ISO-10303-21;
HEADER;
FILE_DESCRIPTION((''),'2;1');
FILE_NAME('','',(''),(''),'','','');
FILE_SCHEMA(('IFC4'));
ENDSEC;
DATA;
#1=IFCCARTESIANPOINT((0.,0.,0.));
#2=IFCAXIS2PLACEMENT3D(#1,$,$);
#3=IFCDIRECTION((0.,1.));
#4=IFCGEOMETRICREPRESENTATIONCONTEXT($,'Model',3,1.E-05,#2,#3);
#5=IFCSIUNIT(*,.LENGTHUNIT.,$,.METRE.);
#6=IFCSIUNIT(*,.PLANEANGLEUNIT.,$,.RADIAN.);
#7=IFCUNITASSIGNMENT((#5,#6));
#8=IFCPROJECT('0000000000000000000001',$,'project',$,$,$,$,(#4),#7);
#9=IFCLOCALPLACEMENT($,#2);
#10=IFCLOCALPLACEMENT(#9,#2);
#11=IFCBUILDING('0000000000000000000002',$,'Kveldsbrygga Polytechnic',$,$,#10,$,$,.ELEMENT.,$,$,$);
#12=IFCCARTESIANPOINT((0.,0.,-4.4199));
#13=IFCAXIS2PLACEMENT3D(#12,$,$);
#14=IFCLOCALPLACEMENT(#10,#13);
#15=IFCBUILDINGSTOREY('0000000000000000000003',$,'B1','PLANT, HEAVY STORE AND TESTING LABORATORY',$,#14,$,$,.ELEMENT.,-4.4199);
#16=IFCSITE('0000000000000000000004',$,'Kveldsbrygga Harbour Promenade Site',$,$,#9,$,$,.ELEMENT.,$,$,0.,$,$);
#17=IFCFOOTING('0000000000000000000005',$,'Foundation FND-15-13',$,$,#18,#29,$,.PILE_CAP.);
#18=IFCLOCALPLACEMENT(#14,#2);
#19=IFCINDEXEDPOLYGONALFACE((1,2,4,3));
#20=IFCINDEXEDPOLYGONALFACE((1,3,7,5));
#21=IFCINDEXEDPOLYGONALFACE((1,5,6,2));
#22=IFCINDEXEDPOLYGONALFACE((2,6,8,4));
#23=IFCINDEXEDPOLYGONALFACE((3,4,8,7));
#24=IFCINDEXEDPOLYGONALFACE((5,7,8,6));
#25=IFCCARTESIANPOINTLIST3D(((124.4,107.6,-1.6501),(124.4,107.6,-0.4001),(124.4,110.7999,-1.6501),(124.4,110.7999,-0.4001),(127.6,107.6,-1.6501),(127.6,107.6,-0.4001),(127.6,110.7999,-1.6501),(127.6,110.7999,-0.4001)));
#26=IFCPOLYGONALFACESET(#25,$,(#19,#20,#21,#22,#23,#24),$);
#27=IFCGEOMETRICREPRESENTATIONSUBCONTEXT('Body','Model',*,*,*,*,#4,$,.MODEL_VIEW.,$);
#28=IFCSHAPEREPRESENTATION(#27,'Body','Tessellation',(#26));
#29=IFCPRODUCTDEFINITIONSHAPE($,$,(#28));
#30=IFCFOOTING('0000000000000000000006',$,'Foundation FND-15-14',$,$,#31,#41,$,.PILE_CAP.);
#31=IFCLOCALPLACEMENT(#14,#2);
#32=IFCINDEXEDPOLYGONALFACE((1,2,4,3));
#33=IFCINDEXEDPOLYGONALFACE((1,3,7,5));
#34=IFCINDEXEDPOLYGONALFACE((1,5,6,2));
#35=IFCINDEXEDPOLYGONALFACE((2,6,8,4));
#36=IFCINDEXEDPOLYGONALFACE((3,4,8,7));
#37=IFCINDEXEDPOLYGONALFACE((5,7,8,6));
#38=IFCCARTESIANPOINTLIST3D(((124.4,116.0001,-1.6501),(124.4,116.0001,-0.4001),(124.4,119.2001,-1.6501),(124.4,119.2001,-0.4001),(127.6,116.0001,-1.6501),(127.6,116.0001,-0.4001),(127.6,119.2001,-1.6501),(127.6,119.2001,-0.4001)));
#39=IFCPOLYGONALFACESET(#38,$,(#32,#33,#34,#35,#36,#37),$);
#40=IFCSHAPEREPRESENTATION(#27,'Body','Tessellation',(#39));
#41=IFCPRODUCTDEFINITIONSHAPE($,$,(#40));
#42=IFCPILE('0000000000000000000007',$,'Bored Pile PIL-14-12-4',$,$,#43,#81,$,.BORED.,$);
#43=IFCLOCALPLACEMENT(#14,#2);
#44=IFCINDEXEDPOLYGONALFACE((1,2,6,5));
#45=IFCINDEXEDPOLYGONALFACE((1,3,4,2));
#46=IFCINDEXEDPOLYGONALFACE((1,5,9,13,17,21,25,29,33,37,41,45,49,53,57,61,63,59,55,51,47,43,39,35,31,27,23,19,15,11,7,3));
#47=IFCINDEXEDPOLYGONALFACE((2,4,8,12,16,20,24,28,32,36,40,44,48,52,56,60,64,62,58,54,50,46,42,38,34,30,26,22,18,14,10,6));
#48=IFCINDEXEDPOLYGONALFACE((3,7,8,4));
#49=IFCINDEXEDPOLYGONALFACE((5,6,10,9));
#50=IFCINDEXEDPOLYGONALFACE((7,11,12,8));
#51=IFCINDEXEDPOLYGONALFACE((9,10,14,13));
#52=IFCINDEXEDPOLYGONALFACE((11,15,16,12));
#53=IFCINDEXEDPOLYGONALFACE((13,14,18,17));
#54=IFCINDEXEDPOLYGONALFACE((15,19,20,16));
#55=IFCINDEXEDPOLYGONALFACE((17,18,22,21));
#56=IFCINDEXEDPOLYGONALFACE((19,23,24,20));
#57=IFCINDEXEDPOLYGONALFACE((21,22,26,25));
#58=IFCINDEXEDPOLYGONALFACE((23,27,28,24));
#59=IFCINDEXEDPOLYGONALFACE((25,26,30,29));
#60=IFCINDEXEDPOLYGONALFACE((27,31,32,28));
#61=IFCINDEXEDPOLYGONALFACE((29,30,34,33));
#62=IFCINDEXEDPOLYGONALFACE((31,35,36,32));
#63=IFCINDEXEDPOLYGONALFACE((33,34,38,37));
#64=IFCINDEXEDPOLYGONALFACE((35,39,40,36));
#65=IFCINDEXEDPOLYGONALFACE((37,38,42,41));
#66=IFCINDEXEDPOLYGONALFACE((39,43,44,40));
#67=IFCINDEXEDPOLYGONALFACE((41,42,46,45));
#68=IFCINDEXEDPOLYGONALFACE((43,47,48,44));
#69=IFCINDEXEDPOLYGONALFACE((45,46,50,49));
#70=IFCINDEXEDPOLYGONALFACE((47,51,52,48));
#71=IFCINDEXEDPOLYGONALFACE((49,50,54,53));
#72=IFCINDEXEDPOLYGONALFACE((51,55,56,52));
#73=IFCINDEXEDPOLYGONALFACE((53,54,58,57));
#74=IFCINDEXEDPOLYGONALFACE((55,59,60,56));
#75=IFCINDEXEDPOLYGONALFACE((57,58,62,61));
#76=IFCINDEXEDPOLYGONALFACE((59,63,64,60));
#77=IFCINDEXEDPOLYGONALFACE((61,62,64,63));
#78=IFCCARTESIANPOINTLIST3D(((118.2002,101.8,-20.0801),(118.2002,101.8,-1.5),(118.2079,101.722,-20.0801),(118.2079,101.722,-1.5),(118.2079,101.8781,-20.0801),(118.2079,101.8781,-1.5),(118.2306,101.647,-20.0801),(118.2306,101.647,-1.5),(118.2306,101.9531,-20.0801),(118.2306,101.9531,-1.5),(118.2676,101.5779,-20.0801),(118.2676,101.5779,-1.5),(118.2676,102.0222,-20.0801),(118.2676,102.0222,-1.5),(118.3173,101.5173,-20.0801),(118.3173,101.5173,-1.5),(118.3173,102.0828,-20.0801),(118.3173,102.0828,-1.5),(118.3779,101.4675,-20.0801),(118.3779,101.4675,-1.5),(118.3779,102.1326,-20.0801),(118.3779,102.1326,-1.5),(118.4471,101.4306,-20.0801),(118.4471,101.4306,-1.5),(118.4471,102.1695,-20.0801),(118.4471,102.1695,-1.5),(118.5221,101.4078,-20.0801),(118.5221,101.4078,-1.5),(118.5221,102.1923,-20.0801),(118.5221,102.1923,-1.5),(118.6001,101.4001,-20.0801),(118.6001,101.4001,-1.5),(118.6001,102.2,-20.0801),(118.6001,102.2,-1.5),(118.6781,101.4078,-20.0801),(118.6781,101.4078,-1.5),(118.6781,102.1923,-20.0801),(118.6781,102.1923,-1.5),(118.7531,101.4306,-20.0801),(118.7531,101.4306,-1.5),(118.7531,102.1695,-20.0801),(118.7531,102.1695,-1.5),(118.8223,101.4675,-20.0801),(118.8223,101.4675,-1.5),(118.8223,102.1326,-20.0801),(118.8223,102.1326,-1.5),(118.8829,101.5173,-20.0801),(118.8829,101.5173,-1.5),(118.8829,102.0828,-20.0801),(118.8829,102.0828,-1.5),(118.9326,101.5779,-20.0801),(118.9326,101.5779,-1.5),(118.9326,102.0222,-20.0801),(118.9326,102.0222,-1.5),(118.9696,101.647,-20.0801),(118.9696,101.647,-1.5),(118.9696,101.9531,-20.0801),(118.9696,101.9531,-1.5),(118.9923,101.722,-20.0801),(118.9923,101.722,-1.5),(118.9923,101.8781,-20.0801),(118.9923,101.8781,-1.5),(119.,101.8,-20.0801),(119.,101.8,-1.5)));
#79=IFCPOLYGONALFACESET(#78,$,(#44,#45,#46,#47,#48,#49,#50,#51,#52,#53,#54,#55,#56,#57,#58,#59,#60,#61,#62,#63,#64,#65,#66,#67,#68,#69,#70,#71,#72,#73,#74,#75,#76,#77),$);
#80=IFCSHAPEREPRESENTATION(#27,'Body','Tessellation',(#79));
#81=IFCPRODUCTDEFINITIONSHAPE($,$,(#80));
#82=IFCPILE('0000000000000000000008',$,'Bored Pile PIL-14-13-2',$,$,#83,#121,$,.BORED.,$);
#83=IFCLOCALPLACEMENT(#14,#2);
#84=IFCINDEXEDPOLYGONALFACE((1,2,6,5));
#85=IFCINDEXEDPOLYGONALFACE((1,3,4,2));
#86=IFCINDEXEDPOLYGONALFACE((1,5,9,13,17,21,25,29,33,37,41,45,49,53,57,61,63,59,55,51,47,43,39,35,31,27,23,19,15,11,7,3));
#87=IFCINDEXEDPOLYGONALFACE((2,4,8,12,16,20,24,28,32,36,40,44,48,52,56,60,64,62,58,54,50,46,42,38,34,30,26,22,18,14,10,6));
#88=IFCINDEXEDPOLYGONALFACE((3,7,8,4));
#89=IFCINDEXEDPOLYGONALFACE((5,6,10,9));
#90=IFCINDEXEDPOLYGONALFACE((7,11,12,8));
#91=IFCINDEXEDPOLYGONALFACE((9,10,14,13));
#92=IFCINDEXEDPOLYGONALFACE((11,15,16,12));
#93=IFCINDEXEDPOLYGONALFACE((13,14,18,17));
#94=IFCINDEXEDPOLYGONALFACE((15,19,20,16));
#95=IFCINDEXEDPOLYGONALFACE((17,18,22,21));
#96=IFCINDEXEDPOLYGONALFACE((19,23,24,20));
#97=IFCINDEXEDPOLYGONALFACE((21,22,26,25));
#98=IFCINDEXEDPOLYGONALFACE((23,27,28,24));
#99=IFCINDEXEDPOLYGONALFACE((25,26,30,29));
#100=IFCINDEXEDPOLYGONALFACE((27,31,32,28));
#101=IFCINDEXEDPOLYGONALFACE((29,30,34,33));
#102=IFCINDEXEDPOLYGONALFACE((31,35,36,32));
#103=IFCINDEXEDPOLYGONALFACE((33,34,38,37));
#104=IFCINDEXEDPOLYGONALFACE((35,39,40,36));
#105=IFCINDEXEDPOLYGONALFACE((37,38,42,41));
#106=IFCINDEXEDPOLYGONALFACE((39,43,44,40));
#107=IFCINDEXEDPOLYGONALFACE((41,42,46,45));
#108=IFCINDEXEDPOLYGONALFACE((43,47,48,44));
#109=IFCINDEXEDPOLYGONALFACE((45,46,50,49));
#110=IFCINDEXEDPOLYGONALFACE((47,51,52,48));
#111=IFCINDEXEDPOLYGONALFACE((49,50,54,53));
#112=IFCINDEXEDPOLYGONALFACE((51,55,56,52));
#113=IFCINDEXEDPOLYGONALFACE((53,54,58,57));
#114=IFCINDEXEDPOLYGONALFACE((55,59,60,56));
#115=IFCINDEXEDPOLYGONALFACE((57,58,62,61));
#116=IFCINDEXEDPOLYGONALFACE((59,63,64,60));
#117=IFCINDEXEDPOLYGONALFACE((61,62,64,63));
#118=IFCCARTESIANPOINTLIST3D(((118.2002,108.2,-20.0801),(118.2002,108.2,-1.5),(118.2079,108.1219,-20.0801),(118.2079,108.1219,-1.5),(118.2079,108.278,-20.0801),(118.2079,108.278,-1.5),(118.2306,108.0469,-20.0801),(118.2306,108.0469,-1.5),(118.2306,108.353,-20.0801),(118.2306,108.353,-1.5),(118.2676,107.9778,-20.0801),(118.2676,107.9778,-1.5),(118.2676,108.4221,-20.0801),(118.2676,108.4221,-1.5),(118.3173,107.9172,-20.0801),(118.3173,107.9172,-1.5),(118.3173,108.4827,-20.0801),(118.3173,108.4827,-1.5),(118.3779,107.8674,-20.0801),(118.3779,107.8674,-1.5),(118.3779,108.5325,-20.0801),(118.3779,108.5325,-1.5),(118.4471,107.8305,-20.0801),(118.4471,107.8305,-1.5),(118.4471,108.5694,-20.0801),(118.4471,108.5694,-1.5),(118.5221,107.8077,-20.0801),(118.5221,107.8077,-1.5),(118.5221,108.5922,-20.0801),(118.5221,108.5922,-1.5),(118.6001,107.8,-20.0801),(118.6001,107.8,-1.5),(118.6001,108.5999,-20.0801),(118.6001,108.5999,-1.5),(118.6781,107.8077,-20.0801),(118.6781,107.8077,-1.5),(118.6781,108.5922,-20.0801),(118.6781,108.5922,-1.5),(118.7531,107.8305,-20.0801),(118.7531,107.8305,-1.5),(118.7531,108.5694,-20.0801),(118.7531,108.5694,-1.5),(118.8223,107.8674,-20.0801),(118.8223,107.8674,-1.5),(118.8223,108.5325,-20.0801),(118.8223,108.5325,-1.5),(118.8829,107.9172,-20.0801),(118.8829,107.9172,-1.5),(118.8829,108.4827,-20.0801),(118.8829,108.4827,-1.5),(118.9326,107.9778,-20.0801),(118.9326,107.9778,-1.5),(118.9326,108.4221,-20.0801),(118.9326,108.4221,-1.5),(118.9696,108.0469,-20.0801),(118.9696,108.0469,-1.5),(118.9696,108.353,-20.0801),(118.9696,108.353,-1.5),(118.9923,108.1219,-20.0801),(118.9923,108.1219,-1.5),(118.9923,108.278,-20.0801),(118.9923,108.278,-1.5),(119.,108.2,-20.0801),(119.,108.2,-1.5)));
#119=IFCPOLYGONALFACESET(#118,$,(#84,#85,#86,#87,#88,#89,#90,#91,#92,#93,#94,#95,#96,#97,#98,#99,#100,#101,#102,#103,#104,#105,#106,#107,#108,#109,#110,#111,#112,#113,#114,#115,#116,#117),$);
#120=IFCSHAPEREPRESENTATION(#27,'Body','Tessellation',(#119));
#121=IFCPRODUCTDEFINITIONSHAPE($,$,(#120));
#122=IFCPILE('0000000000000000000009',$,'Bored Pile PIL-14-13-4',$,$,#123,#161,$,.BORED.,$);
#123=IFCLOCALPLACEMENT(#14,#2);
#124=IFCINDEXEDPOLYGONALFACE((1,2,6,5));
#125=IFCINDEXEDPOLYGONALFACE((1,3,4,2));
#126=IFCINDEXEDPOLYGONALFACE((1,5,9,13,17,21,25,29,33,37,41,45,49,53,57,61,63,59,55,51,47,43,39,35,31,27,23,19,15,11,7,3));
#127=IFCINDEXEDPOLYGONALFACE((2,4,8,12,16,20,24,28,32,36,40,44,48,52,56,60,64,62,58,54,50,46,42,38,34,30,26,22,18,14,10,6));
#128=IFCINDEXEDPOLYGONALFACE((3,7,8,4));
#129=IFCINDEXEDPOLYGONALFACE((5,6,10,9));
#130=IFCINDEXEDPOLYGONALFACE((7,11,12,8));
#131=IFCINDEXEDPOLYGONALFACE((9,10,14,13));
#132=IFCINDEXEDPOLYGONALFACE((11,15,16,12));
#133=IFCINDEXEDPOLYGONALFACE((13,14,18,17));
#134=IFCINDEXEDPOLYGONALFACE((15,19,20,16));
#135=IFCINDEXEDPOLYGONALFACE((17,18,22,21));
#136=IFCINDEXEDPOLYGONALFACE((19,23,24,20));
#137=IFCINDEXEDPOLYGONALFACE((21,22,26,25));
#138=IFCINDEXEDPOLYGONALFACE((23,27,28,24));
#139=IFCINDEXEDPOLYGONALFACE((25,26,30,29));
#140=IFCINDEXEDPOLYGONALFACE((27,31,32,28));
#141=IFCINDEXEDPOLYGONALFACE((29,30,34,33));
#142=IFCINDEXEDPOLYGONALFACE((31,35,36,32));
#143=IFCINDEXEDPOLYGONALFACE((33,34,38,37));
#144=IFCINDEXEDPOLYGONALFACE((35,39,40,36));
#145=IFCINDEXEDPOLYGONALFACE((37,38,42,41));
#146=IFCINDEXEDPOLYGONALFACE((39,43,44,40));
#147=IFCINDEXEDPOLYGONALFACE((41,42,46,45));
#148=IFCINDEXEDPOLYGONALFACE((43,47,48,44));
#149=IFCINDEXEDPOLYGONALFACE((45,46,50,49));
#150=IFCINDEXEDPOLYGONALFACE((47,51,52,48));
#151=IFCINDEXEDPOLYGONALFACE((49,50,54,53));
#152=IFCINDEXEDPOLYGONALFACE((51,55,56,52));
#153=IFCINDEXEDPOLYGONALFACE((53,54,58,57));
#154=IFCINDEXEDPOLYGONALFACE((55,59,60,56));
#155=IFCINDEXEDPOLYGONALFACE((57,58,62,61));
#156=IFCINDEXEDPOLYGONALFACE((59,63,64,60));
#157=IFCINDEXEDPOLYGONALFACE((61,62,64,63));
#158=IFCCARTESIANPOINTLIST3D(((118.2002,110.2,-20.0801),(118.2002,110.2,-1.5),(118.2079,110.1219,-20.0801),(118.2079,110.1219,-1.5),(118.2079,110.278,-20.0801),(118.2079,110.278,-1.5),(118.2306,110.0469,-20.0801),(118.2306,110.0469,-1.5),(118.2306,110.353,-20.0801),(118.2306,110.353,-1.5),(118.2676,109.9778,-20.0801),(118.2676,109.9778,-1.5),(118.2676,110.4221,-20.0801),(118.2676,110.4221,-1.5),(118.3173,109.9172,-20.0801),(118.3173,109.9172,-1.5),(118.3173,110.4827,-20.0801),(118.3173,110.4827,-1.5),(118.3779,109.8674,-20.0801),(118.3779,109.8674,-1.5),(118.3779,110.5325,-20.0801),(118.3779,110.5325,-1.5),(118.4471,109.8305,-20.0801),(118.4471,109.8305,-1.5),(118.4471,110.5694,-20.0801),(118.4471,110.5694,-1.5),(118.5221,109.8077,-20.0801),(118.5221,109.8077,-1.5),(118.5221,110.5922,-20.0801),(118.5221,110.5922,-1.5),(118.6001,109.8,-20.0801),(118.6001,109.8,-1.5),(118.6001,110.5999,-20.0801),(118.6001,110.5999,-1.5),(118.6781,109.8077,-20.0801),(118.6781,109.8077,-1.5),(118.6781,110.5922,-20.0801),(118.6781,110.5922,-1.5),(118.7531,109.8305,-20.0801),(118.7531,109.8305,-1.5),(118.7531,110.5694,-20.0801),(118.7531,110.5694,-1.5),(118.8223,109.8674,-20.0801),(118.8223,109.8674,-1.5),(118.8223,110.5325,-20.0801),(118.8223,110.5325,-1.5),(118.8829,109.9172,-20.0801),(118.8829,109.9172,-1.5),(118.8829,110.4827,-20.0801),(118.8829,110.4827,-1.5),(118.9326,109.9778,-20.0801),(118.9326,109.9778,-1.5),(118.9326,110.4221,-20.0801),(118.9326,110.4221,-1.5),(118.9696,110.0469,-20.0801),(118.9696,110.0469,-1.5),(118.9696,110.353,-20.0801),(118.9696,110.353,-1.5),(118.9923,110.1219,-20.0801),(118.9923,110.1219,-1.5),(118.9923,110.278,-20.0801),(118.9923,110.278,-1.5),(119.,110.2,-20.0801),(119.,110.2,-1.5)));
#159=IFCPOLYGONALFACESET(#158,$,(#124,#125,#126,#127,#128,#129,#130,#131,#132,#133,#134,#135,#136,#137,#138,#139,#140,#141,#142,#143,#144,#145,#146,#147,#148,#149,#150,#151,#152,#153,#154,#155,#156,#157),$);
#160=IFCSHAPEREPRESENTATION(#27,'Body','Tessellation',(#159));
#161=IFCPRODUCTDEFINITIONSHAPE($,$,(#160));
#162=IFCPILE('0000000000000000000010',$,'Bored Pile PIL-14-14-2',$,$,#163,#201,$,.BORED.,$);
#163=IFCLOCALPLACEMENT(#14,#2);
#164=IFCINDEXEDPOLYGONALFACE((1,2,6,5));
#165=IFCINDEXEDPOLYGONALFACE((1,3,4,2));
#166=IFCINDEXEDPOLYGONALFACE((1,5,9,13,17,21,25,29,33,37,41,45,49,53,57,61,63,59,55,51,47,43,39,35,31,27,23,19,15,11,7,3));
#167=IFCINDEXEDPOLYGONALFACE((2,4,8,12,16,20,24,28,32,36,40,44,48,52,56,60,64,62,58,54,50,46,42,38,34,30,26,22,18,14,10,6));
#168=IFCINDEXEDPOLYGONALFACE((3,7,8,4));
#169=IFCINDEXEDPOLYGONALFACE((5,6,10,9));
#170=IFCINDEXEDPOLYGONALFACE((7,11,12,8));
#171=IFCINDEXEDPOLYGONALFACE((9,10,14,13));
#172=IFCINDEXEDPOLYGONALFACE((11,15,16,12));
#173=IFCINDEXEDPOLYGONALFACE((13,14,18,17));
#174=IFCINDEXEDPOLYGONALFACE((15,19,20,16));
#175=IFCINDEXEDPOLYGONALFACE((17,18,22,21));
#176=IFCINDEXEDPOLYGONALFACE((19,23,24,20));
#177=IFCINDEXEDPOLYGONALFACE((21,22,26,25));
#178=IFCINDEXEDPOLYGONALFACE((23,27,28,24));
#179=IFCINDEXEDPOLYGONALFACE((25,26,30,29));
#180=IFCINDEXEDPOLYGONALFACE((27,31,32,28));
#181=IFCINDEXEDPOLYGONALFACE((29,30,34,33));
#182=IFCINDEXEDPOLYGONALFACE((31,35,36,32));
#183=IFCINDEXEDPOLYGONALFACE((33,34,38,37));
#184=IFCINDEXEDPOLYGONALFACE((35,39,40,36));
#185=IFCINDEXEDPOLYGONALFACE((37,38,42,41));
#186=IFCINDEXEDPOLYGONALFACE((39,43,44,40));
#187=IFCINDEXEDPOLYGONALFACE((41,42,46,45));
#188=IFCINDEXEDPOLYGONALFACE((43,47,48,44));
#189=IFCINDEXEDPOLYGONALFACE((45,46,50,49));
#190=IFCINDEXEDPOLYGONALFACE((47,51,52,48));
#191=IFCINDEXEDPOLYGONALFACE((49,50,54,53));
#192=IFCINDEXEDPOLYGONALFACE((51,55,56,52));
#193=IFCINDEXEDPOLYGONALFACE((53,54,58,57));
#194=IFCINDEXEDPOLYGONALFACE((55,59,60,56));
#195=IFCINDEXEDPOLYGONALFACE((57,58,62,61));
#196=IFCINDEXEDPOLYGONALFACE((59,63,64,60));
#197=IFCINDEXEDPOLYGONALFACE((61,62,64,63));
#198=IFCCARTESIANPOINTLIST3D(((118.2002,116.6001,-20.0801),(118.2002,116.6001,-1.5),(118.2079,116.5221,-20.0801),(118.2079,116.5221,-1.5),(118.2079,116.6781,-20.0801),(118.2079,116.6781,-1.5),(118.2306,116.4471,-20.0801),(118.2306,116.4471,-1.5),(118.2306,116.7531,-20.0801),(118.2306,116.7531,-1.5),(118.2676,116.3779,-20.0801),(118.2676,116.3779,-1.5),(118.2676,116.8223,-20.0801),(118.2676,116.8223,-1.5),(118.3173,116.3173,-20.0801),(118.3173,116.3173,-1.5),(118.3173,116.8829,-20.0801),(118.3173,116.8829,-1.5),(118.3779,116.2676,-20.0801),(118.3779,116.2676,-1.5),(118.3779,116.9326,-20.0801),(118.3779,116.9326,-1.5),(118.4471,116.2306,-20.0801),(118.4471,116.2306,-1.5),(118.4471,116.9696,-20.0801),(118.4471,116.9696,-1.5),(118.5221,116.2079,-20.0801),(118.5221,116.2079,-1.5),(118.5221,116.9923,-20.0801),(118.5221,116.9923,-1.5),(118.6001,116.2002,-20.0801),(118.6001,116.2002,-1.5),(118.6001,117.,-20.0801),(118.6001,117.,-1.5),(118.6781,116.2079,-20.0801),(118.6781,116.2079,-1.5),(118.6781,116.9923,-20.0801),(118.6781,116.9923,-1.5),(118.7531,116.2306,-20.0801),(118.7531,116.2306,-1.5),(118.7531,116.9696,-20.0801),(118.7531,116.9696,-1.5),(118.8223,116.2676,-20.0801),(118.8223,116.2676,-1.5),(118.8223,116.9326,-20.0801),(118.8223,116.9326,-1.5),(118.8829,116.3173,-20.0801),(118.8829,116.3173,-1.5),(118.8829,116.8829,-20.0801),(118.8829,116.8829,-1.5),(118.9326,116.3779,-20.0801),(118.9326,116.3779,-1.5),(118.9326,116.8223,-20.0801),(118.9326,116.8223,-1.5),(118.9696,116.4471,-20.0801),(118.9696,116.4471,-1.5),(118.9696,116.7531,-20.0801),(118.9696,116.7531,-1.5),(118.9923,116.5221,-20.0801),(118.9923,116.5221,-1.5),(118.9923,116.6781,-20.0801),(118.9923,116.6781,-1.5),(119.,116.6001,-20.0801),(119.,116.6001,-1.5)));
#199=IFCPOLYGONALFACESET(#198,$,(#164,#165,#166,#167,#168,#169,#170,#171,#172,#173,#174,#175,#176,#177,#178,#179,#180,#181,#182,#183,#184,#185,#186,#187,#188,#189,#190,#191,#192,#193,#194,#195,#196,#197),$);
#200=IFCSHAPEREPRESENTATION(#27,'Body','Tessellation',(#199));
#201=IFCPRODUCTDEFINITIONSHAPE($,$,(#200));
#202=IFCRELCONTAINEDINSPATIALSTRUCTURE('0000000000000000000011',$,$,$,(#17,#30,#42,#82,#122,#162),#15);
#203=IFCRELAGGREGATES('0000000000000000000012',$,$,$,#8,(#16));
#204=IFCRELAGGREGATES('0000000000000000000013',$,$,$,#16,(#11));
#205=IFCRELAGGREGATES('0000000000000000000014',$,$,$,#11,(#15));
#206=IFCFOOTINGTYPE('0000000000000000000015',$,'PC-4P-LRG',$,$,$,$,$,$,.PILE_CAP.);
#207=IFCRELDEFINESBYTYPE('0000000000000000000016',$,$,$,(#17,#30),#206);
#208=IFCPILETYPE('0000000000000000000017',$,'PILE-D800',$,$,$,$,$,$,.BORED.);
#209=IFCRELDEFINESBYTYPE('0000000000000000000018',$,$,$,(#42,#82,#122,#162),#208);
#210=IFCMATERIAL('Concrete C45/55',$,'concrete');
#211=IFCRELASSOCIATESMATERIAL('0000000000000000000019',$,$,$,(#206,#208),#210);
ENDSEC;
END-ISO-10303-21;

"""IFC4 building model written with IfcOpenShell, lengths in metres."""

from ifc_helpers import new_model, si_unit, direction, frame, origin, origin_2d, place, context, subcontext, project, spatial, rectangle, circle, extrude, material, material_profile, profile_set, type_object, element, save


model = new_model("IFC4")

# Units and contexts
model_context = context("Model", 3, precision=1e-05, world=origin(), true_north=direction((0.0, 1.0)))
body_context = subcontext(model_context, "Body", "Model", "MODEL_VIEW")
ifc_project = project(units=[si_unit("LENGTHUNIT", "METRE"), si_unit("PLANEANGLEUNIT", "RADIAN")], contexts=[model_context])

# Site, building, storey
site_placement = place(None, origin())
site = spatial("IfcSite", under=ifc_project, at=site_placement, Name="Kveldsbrygga Harbour Promenade Site", CompositionType="ELEMENT", RefElevation=0.0)
building_placement = place(site_placement, origin())
building = spatial("IfcBuilding", under=site, at=building_placement, Name="Kveldsbrygga Polytechnic", CompositionType="ELEMENT")
storey_placement = place(building_placement, frame((0.0, 0.0, -4.4199)))
storey = spatial("IfcBuildingStorey", under=building, at=storey_placement, Name="B1", Description="PLANT, HEAVY STORE AND TESTING LABORATORY", CompositionType="ELEMENT", Elevation=-4.4199)

# Footings
ifc_material_1 = material(Name="Concrete C45/55", Category="concrete")
footing_type = type_object("IfcFootingType", Name="PC-4P-LRG", PredefinedType="PILE_CAP", material=ifc_material_1)
for number, where, z_axis, x_axis, name in (
    (1, (126.0, 109.2, -1.6501), (0.0, 0.0, 1.0), (1.0, 0.0, 0.0), "Foundation FND-15-13"),
    (2, (126.0, 117.6001, -1.6501), (0.0, 0.0, 1.0), (1.0, 0.0, 0.0), "Foundation FND-15-14"),
):
    element("IfcFooting", number, at=place(storey_placement, frame(where, z_axis=z_axis, x_axis=x_axis)), inside=storey, type_object=footing_type, Name=name, PredefinedType="PILE_CAP", context=body_context, shape_type="SweptSolid", body=[
        extrude(rectangle(XDim=3.2, YDim=3.2, at=origin_2d()), origin(), (0.0, 0.0, 1.0), 1.25),
    ])

# Piles
ifc_material_profile_1 = material_profile(ifc_material_1, circle(Radius=0.3999, at=origin_2d()), Name="PILE D800")
ifc_profile_set_1 = profile_set([ifc_material_profile_1], Name="Concrete C45/55")
pile_type = type_object("IfcPileType", Name="PILE-D800", PredefinedType="BORED", material=ifc_profile_set_1)
for number, where, z_axis, x_axis, name in (
    (3, (118.6001, 101.8, -1.5), (0.0, 0.0, -1.0), (1.0, 0.0, 0.0), "Bored Pile PIL-14-12-4"),
    (4, (118.6001, 108.2, -1.5), (0.0, 0.0, -1.0), (1.0, 0.0, 0.0), "Bored Pile PIL-14-13-2"),
    (5, (118.6001, 110.2, -1.5), (0.0, 0.0, -1.0), (1.0, 0.0, 0.0), "Bored Pile PIL-14-13-4"),
    (6, (118.6001, 116.6001, -1.5), (0.0, 0.0, -1.0), (1.0, 0.0, 0.0), "Bored Pile PIL-14-14-2"),
):
    element("IfcPile", number, at=place(storey_placement, frame(where, z_axis=z_axis, x_axis=x_axis)), inside=storey, type_object=pile_type, Name=name, PredefinedType="BORED", context=body_context, shape_type="SweptSolid", body=[
        extrude(circle(Radius=0.3999, at=origin_2d()), origin(), (0.0, 0.0, 1.0), 18.5801),
    ])

save(model, "model.ifc")
